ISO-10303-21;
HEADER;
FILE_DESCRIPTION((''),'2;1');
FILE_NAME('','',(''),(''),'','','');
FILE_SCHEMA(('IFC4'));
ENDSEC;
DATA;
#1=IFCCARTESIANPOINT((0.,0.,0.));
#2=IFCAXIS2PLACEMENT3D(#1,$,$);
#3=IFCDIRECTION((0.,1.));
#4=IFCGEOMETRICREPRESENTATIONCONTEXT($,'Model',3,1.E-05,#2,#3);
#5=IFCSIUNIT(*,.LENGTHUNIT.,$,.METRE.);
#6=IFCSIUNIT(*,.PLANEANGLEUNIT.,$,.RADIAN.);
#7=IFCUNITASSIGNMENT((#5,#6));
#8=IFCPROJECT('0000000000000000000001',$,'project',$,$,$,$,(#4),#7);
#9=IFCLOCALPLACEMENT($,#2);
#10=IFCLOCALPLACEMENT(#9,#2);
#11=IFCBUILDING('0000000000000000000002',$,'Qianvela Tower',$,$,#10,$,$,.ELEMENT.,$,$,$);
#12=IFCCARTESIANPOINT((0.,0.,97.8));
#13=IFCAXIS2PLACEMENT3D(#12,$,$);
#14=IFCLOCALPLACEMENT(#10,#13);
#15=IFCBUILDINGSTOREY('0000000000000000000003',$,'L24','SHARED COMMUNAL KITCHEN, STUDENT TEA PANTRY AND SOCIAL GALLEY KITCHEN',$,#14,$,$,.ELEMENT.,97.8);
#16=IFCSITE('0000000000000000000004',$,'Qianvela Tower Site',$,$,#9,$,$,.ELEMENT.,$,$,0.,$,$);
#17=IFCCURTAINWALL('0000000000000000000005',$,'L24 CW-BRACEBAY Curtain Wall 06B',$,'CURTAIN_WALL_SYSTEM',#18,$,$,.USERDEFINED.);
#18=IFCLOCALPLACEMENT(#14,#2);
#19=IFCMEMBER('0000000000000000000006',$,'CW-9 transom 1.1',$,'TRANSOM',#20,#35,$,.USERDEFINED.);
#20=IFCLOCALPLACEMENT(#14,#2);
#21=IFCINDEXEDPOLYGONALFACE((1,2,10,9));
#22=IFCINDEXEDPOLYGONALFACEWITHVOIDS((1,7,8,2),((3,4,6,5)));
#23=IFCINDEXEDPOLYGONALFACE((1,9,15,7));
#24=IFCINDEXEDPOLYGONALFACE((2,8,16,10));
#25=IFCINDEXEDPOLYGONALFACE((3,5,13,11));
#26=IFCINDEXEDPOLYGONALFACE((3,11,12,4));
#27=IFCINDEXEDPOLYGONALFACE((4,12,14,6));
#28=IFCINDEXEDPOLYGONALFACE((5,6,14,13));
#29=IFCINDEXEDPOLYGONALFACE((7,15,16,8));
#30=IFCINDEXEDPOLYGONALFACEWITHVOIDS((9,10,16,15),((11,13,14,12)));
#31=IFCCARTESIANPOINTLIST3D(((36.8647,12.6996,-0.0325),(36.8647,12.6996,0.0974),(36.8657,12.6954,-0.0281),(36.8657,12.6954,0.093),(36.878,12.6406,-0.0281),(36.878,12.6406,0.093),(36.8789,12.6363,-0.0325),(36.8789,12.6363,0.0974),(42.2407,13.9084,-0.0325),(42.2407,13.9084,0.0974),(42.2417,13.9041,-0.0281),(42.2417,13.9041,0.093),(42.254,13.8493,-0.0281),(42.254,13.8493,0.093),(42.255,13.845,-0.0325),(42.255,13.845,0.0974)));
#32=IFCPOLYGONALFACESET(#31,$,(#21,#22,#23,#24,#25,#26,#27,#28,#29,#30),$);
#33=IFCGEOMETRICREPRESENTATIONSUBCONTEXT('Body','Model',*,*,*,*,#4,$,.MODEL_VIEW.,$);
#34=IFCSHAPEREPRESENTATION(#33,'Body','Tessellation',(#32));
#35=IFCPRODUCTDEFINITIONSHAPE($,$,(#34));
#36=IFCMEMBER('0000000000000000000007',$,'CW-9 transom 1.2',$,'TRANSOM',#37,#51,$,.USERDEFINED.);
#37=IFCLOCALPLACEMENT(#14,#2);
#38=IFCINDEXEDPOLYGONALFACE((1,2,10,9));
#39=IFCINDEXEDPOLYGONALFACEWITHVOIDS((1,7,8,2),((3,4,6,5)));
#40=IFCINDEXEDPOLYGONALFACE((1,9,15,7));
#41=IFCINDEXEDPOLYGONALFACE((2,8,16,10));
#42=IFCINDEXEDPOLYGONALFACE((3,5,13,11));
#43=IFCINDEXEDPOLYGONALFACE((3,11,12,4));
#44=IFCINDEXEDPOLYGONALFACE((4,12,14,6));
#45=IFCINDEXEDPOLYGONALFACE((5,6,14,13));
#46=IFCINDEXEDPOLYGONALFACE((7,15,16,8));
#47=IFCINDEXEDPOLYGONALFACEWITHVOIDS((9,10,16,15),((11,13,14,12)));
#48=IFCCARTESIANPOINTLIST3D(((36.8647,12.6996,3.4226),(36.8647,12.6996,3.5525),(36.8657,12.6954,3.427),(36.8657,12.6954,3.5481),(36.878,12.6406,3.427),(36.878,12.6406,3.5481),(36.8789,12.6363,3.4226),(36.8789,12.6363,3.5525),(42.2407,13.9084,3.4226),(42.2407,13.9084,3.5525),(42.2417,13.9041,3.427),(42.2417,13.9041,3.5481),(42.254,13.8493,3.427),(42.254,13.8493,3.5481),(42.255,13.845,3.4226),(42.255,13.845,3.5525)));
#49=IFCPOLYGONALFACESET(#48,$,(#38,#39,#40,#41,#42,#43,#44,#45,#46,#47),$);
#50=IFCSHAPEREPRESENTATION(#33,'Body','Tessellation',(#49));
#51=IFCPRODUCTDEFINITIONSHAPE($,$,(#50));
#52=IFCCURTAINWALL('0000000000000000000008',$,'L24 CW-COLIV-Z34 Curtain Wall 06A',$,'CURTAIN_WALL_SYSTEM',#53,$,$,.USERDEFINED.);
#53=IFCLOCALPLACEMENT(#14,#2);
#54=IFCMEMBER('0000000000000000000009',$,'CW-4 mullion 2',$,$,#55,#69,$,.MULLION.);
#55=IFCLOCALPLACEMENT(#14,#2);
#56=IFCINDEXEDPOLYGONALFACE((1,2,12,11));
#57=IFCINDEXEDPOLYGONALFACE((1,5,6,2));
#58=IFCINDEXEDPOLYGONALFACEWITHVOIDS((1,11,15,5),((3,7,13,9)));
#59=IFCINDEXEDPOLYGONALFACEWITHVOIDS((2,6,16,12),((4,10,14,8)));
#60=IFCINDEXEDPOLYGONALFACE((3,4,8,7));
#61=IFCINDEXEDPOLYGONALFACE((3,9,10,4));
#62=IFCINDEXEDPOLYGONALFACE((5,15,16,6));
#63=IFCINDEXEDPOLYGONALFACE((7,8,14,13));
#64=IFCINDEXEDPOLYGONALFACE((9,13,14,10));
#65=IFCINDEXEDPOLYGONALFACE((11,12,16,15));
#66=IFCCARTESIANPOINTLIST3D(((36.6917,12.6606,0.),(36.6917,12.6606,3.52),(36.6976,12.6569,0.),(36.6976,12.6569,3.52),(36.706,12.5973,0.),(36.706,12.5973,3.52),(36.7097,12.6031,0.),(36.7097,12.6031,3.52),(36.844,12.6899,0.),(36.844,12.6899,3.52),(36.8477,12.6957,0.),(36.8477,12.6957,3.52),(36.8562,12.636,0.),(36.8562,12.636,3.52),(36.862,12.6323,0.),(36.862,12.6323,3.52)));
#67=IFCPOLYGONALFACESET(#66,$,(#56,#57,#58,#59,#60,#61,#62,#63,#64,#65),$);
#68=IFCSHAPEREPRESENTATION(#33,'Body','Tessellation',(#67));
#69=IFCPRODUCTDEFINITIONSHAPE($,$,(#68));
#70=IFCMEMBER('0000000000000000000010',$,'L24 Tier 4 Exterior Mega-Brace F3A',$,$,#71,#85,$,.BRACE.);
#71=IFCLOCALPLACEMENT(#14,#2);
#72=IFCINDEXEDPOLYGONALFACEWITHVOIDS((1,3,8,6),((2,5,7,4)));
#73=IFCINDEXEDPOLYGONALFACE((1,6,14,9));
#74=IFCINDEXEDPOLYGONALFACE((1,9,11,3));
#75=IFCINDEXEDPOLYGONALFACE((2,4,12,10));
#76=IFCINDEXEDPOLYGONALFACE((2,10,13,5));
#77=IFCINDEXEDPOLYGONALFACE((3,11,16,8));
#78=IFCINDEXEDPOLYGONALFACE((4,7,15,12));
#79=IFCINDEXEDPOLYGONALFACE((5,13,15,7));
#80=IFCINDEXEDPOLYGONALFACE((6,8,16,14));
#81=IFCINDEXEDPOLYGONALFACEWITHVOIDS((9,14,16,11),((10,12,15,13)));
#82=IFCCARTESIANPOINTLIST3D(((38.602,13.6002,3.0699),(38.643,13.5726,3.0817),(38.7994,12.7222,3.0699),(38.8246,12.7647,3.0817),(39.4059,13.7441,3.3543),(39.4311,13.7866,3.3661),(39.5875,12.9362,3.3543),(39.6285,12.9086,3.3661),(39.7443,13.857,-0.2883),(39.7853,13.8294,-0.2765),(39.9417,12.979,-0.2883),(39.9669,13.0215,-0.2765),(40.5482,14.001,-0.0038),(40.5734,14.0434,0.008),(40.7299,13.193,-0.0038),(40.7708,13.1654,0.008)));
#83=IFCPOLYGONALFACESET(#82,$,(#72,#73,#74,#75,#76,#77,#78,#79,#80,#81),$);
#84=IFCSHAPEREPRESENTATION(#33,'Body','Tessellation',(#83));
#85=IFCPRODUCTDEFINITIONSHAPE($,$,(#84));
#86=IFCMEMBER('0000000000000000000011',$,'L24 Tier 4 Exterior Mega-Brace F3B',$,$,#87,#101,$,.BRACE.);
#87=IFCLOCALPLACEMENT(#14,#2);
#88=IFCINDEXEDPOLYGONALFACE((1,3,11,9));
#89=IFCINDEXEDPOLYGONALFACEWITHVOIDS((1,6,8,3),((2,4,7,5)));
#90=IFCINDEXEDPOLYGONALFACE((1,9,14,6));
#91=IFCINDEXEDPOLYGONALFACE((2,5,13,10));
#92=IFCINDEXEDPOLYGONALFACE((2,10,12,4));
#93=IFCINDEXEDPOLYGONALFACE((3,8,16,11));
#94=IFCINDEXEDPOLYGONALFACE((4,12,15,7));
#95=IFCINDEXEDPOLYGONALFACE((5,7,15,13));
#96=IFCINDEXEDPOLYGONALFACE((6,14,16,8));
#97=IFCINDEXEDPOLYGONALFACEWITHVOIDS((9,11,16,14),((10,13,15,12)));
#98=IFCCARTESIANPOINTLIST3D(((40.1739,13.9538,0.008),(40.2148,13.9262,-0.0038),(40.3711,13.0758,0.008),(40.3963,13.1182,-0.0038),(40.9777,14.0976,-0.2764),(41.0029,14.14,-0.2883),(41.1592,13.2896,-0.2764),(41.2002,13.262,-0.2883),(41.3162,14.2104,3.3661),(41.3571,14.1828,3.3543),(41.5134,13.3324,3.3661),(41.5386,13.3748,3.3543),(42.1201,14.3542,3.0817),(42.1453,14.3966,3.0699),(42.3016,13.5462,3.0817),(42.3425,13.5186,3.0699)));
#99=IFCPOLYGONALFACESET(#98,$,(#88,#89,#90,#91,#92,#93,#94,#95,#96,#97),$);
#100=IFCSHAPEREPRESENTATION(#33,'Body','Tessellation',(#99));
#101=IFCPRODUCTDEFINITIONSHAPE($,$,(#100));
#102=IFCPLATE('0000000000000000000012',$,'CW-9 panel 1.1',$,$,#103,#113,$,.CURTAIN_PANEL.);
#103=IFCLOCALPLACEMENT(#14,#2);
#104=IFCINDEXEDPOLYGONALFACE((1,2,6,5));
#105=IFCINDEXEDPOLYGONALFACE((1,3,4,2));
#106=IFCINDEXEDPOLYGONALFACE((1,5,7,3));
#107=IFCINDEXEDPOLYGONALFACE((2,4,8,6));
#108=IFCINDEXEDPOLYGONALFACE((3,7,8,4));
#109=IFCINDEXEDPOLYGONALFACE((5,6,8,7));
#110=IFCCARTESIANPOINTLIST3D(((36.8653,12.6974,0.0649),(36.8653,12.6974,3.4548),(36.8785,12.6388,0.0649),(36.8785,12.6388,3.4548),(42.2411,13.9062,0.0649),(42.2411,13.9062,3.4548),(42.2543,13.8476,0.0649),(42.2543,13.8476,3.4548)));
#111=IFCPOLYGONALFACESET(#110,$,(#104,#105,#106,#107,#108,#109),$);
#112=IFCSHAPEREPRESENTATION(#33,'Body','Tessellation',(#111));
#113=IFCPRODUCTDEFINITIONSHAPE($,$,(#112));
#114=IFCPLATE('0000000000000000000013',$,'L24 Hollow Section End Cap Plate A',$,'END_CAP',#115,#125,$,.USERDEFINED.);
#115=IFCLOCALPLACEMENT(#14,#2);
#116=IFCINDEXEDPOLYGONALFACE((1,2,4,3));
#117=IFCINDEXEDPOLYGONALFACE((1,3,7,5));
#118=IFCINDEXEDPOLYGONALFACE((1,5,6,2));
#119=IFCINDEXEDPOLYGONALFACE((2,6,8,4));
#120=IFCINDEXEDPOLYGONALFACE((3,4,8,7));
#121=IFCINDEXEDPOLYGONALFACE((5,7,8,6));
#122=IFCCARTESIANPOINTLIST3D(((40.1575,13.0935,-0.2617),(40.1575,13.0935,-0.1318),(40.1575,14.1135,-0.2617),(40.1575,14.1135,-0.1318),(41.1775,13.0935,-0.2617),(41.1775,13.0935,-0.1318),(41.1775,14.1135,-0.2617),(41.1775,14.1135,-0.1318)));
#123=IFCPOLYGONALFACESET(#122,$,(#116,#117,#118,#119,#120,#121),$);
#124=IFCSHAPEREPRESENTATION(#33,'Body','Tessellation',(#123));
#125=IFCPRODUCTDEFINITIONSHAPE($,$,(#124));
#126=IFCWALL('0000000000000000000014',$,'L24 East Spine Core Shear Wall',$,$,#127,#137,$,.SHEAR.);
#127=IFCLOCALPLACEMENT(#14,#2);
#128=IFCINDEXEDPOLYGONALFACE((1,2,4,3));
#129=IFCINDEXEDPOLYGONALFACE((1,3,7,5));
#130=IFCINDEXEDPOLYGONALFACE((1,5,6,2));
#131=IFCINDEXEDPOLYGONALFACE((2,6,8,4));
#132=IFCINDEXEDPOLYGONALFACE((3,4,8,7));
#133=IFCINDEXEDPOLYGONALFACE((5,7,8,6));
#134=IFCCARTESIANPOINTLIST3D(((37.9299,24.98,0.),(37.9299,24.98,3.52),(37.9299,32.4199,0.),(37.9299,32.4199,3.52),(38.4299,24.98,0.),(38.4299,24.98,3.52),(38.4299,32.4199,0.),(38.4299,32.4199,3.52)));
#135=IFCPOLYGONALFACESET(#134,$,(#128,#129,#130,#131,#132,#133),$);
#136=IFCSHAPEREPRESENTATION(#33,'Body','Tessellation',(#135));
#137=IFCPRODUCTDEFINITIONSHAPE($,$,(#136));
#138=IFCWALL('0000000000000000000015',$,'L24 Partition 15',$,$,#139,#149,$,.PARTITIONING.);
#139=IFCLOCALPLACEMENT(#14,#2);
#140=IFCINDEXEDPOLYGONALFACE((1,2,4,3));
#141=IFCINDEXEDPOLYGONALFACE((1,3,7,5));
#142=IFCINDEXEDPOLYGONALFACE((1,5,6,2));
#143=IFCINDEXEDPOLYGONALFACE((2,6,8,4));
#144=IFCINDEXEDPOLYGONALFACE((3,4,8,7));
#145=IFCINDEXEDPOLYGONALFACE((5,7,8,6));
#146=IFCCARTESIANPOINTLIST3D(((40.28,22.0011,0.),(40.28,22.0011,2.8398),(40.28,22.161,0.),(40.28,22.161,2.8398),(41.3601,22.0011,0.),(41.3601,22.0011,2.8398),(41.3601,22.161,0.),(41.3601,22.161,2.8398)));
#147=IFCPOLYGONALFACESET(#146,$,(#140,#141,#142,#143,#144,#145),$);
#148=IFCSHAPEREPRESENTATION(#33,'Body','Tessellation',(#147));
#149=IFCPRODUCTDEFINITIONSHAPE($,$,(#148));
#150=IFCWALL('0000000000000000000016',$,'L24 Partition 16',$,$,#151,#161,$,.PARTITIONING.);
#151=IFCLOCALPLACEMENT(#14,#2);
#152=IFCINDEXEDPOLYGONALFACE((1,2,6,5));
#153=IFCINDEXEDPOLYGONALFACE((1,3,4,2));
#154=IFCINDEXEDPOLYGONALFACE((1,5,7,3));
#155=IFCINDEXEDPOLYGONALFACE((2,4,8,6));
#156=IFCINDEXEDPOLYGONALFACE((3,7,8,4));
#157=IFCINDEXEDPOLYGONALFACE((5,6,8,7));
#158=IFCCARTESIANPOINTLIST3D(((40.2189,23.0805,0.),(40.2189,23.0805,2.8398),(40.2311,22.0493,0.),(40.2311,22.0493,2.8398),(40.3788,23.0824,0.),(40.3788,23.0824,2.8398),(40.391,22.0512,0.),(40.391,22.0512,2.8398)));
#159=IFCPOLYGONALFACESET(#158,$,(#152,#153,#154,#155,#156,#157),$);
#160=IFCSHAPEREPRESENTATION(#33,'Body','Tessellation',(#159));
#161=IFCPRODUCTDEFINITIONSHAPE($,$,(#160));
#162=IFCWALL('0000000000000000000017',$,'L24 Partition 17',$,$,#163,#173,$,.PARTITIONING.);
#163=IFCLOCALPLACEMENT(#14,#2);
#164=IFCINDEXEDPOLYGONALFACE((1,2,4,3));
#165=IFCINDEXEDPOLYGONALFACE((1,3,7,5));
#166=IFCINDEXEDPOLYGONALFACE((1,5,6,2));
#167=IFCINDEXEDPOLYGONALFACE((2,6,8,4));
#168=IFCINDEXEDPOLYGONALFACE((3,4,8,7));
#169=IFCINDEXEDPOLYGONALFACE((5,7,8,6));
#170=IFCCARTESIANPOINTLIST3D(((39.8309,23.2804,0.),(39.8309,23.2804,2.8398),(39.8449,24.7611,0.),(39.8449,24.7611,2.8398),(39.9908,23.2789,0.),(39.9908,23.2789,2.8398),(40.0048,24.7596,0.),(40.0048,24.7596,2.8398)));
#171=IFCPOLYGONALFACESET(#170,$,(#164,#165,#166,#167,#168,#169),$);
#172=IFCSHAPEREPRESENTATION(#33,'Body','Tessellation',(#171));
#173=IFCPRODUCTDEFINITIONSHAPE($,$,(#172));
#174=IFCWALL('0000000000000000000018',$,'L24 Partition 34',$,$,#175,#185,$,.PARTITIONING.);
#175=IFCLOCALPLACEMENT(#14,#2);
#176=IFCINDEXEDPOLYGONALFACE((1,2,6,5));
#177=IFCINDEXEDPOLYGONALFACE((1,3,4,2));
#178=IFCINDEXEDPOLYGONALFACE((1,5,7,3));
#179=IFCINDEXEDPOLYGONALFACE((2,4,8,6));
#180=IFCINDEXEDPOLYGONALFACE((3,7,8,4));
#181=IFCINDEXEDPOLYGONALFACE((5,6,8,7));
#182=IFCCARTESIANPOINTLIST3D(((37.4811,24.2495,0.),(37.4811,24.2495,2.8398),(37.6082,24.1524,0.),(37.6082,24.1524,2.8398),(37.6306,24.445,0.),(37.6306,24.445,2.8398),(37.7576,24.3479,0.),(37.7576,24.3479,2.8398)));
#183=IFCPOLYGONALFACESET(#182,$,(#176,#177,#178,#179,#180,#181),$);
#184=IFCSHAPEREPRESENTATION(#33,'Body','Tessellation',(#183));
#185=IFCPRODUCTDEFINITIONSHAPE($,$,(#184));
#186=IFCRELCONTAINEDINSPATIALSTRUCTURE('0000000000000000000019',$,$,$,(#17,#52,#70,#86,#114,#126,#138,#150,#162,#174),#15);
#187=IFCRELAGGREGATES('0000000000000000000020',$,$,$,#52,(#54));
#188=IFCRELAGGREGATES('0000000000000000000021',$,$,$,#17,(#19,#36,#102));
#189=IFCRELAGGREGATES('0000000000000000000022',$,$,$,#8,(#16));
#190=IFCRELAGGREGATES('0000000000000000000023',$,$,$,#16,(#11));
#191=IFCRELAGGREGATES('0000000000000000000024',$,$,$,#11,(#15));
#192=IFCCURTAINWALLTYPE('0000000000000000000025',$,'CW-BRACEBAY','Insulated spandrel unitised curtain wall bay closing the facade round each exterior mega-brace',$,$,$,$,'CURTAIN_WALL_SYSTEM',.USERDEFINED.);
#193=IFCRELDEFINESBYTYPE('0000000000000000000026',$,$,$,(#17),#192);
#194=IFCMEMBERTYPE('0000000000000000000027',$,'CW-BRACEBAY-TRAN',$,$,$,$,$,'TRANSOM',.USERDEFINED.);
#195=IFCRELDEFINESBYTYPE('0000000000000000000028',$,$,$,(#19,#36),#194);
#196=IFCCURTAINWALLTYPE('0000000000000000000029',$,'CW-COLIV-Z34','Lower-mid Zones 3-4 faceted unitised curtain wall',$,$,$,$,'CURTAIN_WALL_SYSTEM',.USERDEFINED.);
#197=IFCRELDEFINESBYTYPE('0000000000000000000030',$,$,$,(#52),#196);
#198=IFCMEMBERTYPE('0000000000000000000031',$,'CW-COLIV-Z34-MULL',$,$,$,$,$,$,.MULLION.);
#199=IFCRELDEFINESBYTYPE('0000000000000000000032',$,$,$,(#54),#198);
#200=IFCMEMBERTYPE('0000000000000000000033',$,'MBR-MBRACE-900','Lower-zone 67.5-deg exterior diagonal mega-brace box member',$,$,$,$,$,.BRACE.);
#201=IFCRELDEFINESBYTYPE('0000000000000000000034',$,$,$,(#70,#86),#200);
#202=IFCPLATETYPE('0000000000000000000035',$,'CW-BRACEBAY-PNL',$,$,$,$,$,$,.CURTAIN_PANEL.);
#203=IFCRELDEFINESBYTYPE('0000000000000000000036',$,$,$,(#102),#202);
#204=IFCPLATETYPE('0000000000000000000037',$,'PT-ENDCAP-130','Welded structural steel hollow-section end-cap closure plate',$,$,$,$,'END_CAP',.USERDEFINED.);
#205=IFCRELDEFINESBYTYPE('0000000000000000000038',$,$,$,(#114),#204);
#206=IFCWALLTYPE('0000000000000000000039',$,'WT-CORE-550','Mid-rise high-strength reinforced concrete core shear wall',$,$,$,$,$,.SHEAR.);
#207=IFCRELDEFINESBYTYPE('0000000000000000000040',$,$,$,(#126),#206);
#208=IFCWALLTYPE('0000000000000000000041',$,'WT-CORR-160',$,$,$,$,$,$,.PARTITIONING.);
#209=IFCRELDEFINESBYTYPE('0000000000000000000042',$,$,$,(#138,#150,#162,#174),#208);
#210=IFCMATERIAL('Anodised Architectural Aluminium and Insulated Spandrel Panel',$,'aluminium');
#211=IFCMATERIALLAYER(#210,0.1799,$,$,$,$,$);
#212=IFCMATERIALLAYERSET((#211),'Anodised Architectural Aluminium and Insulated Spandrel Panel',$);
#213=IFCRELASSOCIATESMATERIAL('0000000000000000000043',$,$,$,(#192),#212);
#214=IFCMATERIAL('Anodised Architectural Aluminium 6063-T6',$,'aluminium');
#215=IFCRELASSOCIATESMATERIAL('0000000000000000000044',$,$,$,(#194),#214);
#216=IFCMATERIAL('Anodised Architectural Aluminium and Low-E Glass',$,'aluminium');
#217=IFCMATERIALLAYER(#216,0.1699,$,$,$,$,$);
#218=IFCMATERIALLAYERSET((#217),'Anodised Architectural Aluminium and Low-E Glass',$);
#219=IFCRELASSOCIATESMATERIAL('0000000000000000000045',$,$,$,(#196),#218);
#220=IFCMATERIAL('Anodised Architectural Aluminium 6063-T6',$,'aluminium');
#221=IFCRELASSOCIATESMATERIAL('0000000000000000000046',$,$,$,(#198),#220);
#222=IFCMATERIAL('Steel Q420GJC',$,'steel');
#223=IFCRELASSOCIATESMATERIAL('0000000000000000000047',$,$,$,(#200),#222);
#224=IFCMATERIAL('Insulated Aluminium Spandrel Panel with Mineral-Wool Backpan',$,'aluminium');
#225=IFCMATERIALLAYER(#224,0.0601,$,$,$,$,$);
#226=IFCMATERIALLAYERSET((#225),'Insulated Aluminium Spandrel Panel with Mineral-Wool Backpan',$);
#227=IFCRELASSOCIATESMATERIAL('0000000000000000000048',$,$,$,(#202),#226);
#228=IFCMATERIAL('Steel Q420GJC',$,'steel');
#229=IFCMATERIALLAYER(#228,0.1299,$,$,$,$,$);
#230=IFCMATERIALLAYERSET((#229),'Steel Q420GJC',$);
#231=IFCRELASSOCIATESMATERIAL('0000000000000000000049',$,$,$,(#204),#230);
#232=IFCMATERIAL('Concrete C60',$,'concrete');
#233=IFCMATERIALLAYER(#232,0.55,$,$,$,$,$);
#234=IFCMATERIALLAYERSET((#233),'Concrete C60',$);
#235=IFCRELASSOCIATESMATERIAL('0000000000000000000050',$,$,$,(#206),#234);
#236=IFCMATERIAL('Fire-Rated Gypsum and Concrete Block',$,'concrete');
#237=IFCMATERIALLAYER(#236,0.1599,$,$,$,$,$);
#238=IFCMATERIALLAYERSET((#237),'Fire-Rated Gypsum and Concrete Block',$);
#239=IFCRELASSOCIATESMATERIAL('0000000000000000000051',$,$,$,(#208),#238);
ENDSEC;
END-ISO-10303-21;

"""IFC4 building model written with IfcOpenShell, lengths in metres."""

from ifc_helpers import new_model, si_unit, direction, frame, frame_2d, origin, origin_2d, place, context, subcontext, project, spatial, rectangle, hollow_rectangle, extrude, material, layer, layer_set, material_profile, profile_set, type_object, element, aggregate, save


model = new_model("IFC4")

# Units and contexts
model_context = context("Model", 3, precision=1e-05, world=origin(), true_north=direction((0.0, 1.0)))
body_context = subcontext(model_context, "Body", "Model", "MODEL_VIEW")
ifc_project = project(units=[si_unit("LENGTHUNIT", "METRE"), si_unit("PLANEANGLEUNIT", "RADIAN")], contexts=[model_context])

# Site, building, storey
site_placement = place(None, origin())
site = spatial("IfcSite", under=ifc_project, at=site_placement, Name="Qianvela Tower Site", CompositionType="ELEMENT", RefElevation=0.0)
building_placement = place(site_placement, origin())
building = spatial("IfcBuilding", under=site, at=building_placement, Name="Qianvela Tower", CompositionType="ELEMENT")
storey_placement = place(building_placement, frame((0.0, 0.0, 97.8)))
storey = spatial("IfcBuildingStorey", under=building, at=storey_placement, Name="L24", Description="SHARED COMMUNAL KITCHEN, STUDENT TEA PANTRY AND SOCIAL GALLEY KITCHEN", CompositionType="ELEMENT", Elevation=97.8)

# Curtain wall, members
ifc_material_1 = material(Name="Anodised Architectural Aluminium and Insulated Spandrel Panel", Category="aluminium")
ifc_layer_1 = layer(ifc_material_1, 0.1799)
ifc_layer_set_1 = layer_set([ifc_layer_1], Name="Anodised Architectural Aluminium and Insulated Spandrel Panel")
curtain_wall_type_1 = type_object("IfcCurtainWallType", Name="CW-BRACEBAY", Description="Insulated spandrel unitised curtain wall bay closing the facade round each exterior mega-brace", ElementType="CURTAIN_WALL_SYSTEM", PredefinedType="USERDEFINED", material=ifc_layer_set_1)
curtain_wall_1_placement = place(storey_placement, origin())
curtain_wall_1 = element("IfcCurtainWall", 1, at=curtain_wall_1_placement, inside=storey, type_object=curtain_wall_type_1, Name="L24 CW-BRACEBAY Curtain Wall 06B", ObjectType="CURTAIN_WALL_SYSTEM", PredefinedType="USERDEFINED")
ifc_material_2 = material(Name="Anodised Architectural Aluminium 6063-T6", Category="aluminium")
ifc_material_profile_1 = material_profile(ifc_material_2, hollow_rectangle(XDim=0.0649, YDim=0.1299, WallThickness=0.0044, at=origin_2d()), Name="ALU-TRAN-65x130")
ifc_profile_set_1 = profile_set([ifc_material_profile_1], Name="Anodised Architectural Aluminium 6063-T6")
member_type_1 = type_object("IfcMemberType", Name="CW-BRACEBAY-TRAN", ElementType="TRANSOM", PredefinedType="USERDEFINED", material=ifc_profile_set_1)
member_1_placement = place(storey_placement, frame((36.8718, 12.668, 0.0325), z_axis=(0.975643, 0.219365, 0.0), x_axis=(-0.219365, 0.975643, 0.0)))
member_1 = element("IfcMember", 2, at=member_1_placement, type_object=member_type_1, Name="CW-9 transom 1.1", ObjectType="TRANSOM", PredefinedType="USERDEFINED", context=body_context, shape_type="SweptSolid", body=[
    extrude(hollow_rectangle(XDim=0.0649, YDim=0.1299, WallThickness=0.0044, at=origin_2d()), origin(), (0.0, 0.0, 1.0), 5.5103),
])
member_2_placement = place(storey_placement, frame((36.8718, 12.668, 3.4875), z_axis=(0.975643, 0.219365, 0.0), x_axis=(-0.219365, 0.975643, 0.0)))
member_2 = element("IfcMember", 3, at=member_2_placement, type_object=member_type_1, Name="CW-9 transom 1.2", ObjectType="TRANSOM", PredefinedType="USERDEFINED", context=body_context, shape_type="SweptSolid", body=[
    extrude(hollow_rectangle(XDim=0.0649, YDim=0.1299, WallThickness=0.0044, at=origin_2d()), origin(), (0.0, 0.0, 1.0), 5.5103),
])

# Curtain wall, member
ifc_material_3 = material(Name="Anodised Architectural Aluminium and Low-E Glass", Category="aluminium")
ifc_layer_2 = layer(ifc_material_3, 0.1699)
ifc_layer_set_2 = layer_set([ifc_layer_2], Name="Anodised Architectural Aluminium and Low-E Glass")
curtain_wall_type_2 = type_object("IfcCurtainWallType", Name="CW-COLIV-Z34", Description="Lower-mid Zones 3-4 faceted unitised curtain wall", ElementType="CURTAIN_WALL_SYSTEM", PredefinedType="USERDEFINED", material=ifc_layer_set_2)
curtain_wall_2_placement = place(storey_placement, origin())
curtain_wall_2 = element("IfcCurtainWall", 4, at=curtain_wall_2_placement, inside=storey, type_object=curtain_wall_type_2, Name="L24 CW-COLIV-Z34 Curtain Wall 06A", ObjectType="CURTAIN_WALL_SYSTEM", PredefinedType="USERDEFINED")
ifc_material_4 = material(Name="Anodised Architectural Aluminium 6063-T6", Category="aluminium")
ifc_material_profile_2 = material_profile(ifc_material_4, hollow_rectangle(XDim=0.0649, YDim=0.1599, WallThickness=0.0049, at=origin_2d()), Name="ALU-MULL-65x160")
ifc_profile_set_2 = profile_set([ifc_material_profile_2], Name="Anodised Architectural Aluminium 6063-T6")
member_type_2 = type_object("IfcMemberType", Name="CW-COLIV-Z34-MULL", PredefinedType="MULLION", material=ifc_profile_set_2)
member_3_placement = place(storey_placement, frame((36.7769, 12.6465, 0.0), z_axis=(0.0, 0.0, 1.0), x_axis=(-0.219387, 0.975638, 0.0)))
member_3 = element("IfcMember", 5, at=member_3_placement, type_object=member_type_2, Name="CW-4 mullion 2", PredefinedType="MULLION", context=body_context, shape_type="SweptSolid", body=[
    extrude(hollow_rectangle(XDim=0.0649, YDim=0.1599, WallThickness=0.0049, at=origin_2d()), origin(), (0.0, 0.0, 1.0), 3.52),
])
aggregate(curtain_wall_2, [member_3])

# Members
ifc_material_5 = material(Name="Steel Q420GJC", Category="steel")
ifc_material_profile_3 = material_profile(ifc_material_5, hollow_rectangle(XDim=0.8999, YDim=0.8999, WallThickness=0.0359, at=origin_2d()), Name="MBOX-900x900x36")
ifc_profile_set_3 = profile_set([ifc_material_profile_3], Name="Steel Q420GJC")
member_type_3 = type_object("IfcMemberType", Name="MBR-MBRACE-900", Description="Lower-zone 67.5-deg exterior diagonal mega-brace box member", PredefinedType="BRACE", material=ifc_profile_set_3)
for number, where, z_axis, x_axis, name in (
    (6, (40.2576, 13.5112, -0.1401), (-0.321204, -0.072218, 0.944252), (0.219358, -0.975644, 0.0), "L24 Tier 4 Exterior Mega-Brace F3A"),
    (7, (40.687, 13.6079, -0.1401), (0.321205, 0.072149, 0.944257), (-0.21916, 0.975689, 0.0), "L24 Tier 4 Exterior Mega-Brace F3B"),
):
    element("IfcMember", number, at=place(storey_placement, frame(where, z_axis=z_axis, x_axis=x_axis)), inside=storey, type_object=member_type_3, Name=name, PredefinedType="BRACE", context=body_context, shape_type="SweptSolid", body=[
        extrude(hollow_rectangle(XDim=0.8999, YDim=0.8999, WallThickness=0.0359, at=origin_2d()), origin(), (0.0, 0.0, 1.0), 3.5564),
    ])

# Plates
ifc_material_6 = material(Name="Insulated Aluminium Spandrel Panel with Mineral-Wool Backpan", Category="aluminium")
ifc_layer_3 = layer(ifc_material_6, 0.0601)
ifc_layer_set_3 = layer_set([ifc_layer_3], Name="Insulated Aluminium Spandrel Panel with Mineral-Wool Backpan")
plate_type_1 = type_object("IfcPlateType", Name="CW-BRACEBAY-PNL", PredefinedType="CURTAIN_PANEL", material=ifc_layer_set_3)
plate_1_placement = place(storey_placement, frame((39.5598, 13.2725, 0.0649), z_axis=(0.0, 0.0, 1.0), x_axis=(0.97564, 0.21938, 0.0)))
plate_1 = element("IfcPlate", 8, at=plate_1_placement, type_object=plate_type_1, Name="CW-9 panel 1.1", PredefinedType="CURTAIN_PANEL", context=body_context, shape_type="SweptSolid", body=[
    extrude(rectangle(XDim=5.51, YDim=0.0601, at=origin_2d()), origin(), (0.0, 0.0, 1.0), 3.3899),
])
aggregate(curtain_wall_1, [member_1, member_2, plate_1])
ifc_material_7 = material(Name="Steel Q420GJC", Category="steel")
ifc_layer_4 = layer(ifc_material_7, 0.1299)
ifc_layer_set_4 = layer_set([ifc_layer_4], Name="Steel Q420GJC")
plate_type_2 = type_object("IfcPlateType", Name="PT-ENDCAP-130", Description="Welded structural steel hollow-section end-cap closure plate", ElementType="END_CAP", PredefinedType="USERDEFINED", material=ifc_layer_set_4)
plate_2_placement = place(storey_placement, frame((40.6675, 13.6035, -0.2617), z_axis=(0.0, 0.0, 1.0), x_axis=(1.0, 0.0, 0.0)))
element("IfcPlate", 9, at=plate_2_placement, inside=storey, type_object=plate_type_2, Name="L24 Hollow Section End Cap Plate A", ObjectType="END_CAP", PredefinedType="USERDEFINED", context=body_context, shape_type="SweptSolid", body=[
    extrude(rectangle(XDim=1.02, YDim=1.02, at=origin_2d()), origin(), (0.0, 0.0, 1.0), 0.1299),
])

# Walls
ifc_material_8 = material(Name="Concrete C60", Category="concrete")
ifc_layer_5 = layer(ifc_material_8, 0.55)
ifc_layer_set_5 = layer_set([ifc_layer_5], Name="Concrete C60")
wall_type_1 = type_object("IfcWallType", Name="WT-CORE-550", Description="Mid-rise high-strength reinforced concrete core shear wall", PredefinedType="SHEAR", material=ifc_layer_set_5)
wall_1_placement = place(storey_placement, frame((38.1799, 24.98, 0.0), z_axis=(0.0, 0.0, 1.0), x_axis=(0.0, 1.0, 0.0)))
element("IfcWall", 10, at=wall_1_placement, inside=storey, type_object=wall_type_1, Name="L24 East Spine Core Shear Wall", PredefinedType="SHEAR", context=body_context, shape_type="SweptSolid", body=[
    extrude(rectangle(XDim=7.4399, YDim=0.5, at=frame_2d((3.72, 0.0))), origin(), (0.0, 0.0, 1.0), 3.52),
])
ifc_material_9 = material(Name="Fire-Rated Gypsum and Concrete Block", Category="concrete")
ifc_layer_6 = layer(ifc_material_9, 0.1599)
ifc_layer_set_6 = layer_set([ifc_layer_6], Name="Fire-Rated Gypsum and Concrete Block")
wall_type_2 = type_object("IfcWallType", Name="WT-CORR-160", PredefinedType="PARTITIONING", material=ifc_layer_set_6)
wall_2_placement = place(storey_placement, frame((41.3601, 22.0811, 0.0), z_axis=(0.0, 0.0, 1.0), x_axis=(-1.0, 0.0, 0.0)))
element("IfcWall", 11, at=wall_2_placement, inside=storey, type_object=wall_type_2, Name="L24 Partition 15", PredefinedType="PARTITIONING", context=body_context, shape_type="SweptSolid", body=[
    extrude(rectangle(XDim=1.0801, YDim=0.1599, at=frame_2d((0.54, 0.0))), origin(), (0.0, 0.0, 1.0), 2.8398),
])
wall_3_placement = place(storey_placement, frame((40.311, 22.0503, 0.0), z_axis=(0.0, 0.0, 1.0), x_axis=(-0.011836, 0.99993, 0.0)))
element("IfcWall", 12, at=wall_3_placement, inside=storey, type_object=wall_type_2, Name="L24 Partition 16", PredefinedType="PARTITIONING", context=body_context, shape_type="SweptSolid", body=[
    extrude(rectangle(XDim=1.0312, YDim=0.1599, at=frame_2d((0.5156, 0.0))), origin(), (0.0, 0.0, 1.0), 2.8398),
])
wall_4_placement = place(storey_placement, frame((39.9109, 23.2798, 0.0), z_axis=(0.0, 0.0, 1.0), x_axis=(0.009398, 0.999956, 0.0)))
element("IfcWall", 13, at=wall_4_placement, inside=storey, type_object=wall_type_2, Name="L24 Partition 17", PredefinedType="PARTITIONING", context=body_context, shape_type="SweptSolid", body=[
    extrude(rectangle(XDim=1.4807, YDim=0.1599, at=frame_2d((0.7402, 0.0))), origin(), (0.0, 0.0, 1.0), 2.8398),
])
wall_5_placement = place(storey_placement, frame((37.6941, 24.3965, 0.0), z_axis=(0.0, 0.0, 1.0), x_axis=(-0.607119, -0.794611, 0.0)))
element("IfcWall", 14, at=wall_5_placement, inside=storey, type_object=wall_type_2, Name="L24 Partition 34", PredefinedType="PARTITIONING", context=body_context, shape_type="SweptSolid", body=[
    extrude(rectangle(XDim=0.2461, YDim=0.1599, at=frame_2d((0.123, 0.0))), origin(), (0.0, 0.0, 1.0), 2.8398),
])

save(model, "model.ifc")
